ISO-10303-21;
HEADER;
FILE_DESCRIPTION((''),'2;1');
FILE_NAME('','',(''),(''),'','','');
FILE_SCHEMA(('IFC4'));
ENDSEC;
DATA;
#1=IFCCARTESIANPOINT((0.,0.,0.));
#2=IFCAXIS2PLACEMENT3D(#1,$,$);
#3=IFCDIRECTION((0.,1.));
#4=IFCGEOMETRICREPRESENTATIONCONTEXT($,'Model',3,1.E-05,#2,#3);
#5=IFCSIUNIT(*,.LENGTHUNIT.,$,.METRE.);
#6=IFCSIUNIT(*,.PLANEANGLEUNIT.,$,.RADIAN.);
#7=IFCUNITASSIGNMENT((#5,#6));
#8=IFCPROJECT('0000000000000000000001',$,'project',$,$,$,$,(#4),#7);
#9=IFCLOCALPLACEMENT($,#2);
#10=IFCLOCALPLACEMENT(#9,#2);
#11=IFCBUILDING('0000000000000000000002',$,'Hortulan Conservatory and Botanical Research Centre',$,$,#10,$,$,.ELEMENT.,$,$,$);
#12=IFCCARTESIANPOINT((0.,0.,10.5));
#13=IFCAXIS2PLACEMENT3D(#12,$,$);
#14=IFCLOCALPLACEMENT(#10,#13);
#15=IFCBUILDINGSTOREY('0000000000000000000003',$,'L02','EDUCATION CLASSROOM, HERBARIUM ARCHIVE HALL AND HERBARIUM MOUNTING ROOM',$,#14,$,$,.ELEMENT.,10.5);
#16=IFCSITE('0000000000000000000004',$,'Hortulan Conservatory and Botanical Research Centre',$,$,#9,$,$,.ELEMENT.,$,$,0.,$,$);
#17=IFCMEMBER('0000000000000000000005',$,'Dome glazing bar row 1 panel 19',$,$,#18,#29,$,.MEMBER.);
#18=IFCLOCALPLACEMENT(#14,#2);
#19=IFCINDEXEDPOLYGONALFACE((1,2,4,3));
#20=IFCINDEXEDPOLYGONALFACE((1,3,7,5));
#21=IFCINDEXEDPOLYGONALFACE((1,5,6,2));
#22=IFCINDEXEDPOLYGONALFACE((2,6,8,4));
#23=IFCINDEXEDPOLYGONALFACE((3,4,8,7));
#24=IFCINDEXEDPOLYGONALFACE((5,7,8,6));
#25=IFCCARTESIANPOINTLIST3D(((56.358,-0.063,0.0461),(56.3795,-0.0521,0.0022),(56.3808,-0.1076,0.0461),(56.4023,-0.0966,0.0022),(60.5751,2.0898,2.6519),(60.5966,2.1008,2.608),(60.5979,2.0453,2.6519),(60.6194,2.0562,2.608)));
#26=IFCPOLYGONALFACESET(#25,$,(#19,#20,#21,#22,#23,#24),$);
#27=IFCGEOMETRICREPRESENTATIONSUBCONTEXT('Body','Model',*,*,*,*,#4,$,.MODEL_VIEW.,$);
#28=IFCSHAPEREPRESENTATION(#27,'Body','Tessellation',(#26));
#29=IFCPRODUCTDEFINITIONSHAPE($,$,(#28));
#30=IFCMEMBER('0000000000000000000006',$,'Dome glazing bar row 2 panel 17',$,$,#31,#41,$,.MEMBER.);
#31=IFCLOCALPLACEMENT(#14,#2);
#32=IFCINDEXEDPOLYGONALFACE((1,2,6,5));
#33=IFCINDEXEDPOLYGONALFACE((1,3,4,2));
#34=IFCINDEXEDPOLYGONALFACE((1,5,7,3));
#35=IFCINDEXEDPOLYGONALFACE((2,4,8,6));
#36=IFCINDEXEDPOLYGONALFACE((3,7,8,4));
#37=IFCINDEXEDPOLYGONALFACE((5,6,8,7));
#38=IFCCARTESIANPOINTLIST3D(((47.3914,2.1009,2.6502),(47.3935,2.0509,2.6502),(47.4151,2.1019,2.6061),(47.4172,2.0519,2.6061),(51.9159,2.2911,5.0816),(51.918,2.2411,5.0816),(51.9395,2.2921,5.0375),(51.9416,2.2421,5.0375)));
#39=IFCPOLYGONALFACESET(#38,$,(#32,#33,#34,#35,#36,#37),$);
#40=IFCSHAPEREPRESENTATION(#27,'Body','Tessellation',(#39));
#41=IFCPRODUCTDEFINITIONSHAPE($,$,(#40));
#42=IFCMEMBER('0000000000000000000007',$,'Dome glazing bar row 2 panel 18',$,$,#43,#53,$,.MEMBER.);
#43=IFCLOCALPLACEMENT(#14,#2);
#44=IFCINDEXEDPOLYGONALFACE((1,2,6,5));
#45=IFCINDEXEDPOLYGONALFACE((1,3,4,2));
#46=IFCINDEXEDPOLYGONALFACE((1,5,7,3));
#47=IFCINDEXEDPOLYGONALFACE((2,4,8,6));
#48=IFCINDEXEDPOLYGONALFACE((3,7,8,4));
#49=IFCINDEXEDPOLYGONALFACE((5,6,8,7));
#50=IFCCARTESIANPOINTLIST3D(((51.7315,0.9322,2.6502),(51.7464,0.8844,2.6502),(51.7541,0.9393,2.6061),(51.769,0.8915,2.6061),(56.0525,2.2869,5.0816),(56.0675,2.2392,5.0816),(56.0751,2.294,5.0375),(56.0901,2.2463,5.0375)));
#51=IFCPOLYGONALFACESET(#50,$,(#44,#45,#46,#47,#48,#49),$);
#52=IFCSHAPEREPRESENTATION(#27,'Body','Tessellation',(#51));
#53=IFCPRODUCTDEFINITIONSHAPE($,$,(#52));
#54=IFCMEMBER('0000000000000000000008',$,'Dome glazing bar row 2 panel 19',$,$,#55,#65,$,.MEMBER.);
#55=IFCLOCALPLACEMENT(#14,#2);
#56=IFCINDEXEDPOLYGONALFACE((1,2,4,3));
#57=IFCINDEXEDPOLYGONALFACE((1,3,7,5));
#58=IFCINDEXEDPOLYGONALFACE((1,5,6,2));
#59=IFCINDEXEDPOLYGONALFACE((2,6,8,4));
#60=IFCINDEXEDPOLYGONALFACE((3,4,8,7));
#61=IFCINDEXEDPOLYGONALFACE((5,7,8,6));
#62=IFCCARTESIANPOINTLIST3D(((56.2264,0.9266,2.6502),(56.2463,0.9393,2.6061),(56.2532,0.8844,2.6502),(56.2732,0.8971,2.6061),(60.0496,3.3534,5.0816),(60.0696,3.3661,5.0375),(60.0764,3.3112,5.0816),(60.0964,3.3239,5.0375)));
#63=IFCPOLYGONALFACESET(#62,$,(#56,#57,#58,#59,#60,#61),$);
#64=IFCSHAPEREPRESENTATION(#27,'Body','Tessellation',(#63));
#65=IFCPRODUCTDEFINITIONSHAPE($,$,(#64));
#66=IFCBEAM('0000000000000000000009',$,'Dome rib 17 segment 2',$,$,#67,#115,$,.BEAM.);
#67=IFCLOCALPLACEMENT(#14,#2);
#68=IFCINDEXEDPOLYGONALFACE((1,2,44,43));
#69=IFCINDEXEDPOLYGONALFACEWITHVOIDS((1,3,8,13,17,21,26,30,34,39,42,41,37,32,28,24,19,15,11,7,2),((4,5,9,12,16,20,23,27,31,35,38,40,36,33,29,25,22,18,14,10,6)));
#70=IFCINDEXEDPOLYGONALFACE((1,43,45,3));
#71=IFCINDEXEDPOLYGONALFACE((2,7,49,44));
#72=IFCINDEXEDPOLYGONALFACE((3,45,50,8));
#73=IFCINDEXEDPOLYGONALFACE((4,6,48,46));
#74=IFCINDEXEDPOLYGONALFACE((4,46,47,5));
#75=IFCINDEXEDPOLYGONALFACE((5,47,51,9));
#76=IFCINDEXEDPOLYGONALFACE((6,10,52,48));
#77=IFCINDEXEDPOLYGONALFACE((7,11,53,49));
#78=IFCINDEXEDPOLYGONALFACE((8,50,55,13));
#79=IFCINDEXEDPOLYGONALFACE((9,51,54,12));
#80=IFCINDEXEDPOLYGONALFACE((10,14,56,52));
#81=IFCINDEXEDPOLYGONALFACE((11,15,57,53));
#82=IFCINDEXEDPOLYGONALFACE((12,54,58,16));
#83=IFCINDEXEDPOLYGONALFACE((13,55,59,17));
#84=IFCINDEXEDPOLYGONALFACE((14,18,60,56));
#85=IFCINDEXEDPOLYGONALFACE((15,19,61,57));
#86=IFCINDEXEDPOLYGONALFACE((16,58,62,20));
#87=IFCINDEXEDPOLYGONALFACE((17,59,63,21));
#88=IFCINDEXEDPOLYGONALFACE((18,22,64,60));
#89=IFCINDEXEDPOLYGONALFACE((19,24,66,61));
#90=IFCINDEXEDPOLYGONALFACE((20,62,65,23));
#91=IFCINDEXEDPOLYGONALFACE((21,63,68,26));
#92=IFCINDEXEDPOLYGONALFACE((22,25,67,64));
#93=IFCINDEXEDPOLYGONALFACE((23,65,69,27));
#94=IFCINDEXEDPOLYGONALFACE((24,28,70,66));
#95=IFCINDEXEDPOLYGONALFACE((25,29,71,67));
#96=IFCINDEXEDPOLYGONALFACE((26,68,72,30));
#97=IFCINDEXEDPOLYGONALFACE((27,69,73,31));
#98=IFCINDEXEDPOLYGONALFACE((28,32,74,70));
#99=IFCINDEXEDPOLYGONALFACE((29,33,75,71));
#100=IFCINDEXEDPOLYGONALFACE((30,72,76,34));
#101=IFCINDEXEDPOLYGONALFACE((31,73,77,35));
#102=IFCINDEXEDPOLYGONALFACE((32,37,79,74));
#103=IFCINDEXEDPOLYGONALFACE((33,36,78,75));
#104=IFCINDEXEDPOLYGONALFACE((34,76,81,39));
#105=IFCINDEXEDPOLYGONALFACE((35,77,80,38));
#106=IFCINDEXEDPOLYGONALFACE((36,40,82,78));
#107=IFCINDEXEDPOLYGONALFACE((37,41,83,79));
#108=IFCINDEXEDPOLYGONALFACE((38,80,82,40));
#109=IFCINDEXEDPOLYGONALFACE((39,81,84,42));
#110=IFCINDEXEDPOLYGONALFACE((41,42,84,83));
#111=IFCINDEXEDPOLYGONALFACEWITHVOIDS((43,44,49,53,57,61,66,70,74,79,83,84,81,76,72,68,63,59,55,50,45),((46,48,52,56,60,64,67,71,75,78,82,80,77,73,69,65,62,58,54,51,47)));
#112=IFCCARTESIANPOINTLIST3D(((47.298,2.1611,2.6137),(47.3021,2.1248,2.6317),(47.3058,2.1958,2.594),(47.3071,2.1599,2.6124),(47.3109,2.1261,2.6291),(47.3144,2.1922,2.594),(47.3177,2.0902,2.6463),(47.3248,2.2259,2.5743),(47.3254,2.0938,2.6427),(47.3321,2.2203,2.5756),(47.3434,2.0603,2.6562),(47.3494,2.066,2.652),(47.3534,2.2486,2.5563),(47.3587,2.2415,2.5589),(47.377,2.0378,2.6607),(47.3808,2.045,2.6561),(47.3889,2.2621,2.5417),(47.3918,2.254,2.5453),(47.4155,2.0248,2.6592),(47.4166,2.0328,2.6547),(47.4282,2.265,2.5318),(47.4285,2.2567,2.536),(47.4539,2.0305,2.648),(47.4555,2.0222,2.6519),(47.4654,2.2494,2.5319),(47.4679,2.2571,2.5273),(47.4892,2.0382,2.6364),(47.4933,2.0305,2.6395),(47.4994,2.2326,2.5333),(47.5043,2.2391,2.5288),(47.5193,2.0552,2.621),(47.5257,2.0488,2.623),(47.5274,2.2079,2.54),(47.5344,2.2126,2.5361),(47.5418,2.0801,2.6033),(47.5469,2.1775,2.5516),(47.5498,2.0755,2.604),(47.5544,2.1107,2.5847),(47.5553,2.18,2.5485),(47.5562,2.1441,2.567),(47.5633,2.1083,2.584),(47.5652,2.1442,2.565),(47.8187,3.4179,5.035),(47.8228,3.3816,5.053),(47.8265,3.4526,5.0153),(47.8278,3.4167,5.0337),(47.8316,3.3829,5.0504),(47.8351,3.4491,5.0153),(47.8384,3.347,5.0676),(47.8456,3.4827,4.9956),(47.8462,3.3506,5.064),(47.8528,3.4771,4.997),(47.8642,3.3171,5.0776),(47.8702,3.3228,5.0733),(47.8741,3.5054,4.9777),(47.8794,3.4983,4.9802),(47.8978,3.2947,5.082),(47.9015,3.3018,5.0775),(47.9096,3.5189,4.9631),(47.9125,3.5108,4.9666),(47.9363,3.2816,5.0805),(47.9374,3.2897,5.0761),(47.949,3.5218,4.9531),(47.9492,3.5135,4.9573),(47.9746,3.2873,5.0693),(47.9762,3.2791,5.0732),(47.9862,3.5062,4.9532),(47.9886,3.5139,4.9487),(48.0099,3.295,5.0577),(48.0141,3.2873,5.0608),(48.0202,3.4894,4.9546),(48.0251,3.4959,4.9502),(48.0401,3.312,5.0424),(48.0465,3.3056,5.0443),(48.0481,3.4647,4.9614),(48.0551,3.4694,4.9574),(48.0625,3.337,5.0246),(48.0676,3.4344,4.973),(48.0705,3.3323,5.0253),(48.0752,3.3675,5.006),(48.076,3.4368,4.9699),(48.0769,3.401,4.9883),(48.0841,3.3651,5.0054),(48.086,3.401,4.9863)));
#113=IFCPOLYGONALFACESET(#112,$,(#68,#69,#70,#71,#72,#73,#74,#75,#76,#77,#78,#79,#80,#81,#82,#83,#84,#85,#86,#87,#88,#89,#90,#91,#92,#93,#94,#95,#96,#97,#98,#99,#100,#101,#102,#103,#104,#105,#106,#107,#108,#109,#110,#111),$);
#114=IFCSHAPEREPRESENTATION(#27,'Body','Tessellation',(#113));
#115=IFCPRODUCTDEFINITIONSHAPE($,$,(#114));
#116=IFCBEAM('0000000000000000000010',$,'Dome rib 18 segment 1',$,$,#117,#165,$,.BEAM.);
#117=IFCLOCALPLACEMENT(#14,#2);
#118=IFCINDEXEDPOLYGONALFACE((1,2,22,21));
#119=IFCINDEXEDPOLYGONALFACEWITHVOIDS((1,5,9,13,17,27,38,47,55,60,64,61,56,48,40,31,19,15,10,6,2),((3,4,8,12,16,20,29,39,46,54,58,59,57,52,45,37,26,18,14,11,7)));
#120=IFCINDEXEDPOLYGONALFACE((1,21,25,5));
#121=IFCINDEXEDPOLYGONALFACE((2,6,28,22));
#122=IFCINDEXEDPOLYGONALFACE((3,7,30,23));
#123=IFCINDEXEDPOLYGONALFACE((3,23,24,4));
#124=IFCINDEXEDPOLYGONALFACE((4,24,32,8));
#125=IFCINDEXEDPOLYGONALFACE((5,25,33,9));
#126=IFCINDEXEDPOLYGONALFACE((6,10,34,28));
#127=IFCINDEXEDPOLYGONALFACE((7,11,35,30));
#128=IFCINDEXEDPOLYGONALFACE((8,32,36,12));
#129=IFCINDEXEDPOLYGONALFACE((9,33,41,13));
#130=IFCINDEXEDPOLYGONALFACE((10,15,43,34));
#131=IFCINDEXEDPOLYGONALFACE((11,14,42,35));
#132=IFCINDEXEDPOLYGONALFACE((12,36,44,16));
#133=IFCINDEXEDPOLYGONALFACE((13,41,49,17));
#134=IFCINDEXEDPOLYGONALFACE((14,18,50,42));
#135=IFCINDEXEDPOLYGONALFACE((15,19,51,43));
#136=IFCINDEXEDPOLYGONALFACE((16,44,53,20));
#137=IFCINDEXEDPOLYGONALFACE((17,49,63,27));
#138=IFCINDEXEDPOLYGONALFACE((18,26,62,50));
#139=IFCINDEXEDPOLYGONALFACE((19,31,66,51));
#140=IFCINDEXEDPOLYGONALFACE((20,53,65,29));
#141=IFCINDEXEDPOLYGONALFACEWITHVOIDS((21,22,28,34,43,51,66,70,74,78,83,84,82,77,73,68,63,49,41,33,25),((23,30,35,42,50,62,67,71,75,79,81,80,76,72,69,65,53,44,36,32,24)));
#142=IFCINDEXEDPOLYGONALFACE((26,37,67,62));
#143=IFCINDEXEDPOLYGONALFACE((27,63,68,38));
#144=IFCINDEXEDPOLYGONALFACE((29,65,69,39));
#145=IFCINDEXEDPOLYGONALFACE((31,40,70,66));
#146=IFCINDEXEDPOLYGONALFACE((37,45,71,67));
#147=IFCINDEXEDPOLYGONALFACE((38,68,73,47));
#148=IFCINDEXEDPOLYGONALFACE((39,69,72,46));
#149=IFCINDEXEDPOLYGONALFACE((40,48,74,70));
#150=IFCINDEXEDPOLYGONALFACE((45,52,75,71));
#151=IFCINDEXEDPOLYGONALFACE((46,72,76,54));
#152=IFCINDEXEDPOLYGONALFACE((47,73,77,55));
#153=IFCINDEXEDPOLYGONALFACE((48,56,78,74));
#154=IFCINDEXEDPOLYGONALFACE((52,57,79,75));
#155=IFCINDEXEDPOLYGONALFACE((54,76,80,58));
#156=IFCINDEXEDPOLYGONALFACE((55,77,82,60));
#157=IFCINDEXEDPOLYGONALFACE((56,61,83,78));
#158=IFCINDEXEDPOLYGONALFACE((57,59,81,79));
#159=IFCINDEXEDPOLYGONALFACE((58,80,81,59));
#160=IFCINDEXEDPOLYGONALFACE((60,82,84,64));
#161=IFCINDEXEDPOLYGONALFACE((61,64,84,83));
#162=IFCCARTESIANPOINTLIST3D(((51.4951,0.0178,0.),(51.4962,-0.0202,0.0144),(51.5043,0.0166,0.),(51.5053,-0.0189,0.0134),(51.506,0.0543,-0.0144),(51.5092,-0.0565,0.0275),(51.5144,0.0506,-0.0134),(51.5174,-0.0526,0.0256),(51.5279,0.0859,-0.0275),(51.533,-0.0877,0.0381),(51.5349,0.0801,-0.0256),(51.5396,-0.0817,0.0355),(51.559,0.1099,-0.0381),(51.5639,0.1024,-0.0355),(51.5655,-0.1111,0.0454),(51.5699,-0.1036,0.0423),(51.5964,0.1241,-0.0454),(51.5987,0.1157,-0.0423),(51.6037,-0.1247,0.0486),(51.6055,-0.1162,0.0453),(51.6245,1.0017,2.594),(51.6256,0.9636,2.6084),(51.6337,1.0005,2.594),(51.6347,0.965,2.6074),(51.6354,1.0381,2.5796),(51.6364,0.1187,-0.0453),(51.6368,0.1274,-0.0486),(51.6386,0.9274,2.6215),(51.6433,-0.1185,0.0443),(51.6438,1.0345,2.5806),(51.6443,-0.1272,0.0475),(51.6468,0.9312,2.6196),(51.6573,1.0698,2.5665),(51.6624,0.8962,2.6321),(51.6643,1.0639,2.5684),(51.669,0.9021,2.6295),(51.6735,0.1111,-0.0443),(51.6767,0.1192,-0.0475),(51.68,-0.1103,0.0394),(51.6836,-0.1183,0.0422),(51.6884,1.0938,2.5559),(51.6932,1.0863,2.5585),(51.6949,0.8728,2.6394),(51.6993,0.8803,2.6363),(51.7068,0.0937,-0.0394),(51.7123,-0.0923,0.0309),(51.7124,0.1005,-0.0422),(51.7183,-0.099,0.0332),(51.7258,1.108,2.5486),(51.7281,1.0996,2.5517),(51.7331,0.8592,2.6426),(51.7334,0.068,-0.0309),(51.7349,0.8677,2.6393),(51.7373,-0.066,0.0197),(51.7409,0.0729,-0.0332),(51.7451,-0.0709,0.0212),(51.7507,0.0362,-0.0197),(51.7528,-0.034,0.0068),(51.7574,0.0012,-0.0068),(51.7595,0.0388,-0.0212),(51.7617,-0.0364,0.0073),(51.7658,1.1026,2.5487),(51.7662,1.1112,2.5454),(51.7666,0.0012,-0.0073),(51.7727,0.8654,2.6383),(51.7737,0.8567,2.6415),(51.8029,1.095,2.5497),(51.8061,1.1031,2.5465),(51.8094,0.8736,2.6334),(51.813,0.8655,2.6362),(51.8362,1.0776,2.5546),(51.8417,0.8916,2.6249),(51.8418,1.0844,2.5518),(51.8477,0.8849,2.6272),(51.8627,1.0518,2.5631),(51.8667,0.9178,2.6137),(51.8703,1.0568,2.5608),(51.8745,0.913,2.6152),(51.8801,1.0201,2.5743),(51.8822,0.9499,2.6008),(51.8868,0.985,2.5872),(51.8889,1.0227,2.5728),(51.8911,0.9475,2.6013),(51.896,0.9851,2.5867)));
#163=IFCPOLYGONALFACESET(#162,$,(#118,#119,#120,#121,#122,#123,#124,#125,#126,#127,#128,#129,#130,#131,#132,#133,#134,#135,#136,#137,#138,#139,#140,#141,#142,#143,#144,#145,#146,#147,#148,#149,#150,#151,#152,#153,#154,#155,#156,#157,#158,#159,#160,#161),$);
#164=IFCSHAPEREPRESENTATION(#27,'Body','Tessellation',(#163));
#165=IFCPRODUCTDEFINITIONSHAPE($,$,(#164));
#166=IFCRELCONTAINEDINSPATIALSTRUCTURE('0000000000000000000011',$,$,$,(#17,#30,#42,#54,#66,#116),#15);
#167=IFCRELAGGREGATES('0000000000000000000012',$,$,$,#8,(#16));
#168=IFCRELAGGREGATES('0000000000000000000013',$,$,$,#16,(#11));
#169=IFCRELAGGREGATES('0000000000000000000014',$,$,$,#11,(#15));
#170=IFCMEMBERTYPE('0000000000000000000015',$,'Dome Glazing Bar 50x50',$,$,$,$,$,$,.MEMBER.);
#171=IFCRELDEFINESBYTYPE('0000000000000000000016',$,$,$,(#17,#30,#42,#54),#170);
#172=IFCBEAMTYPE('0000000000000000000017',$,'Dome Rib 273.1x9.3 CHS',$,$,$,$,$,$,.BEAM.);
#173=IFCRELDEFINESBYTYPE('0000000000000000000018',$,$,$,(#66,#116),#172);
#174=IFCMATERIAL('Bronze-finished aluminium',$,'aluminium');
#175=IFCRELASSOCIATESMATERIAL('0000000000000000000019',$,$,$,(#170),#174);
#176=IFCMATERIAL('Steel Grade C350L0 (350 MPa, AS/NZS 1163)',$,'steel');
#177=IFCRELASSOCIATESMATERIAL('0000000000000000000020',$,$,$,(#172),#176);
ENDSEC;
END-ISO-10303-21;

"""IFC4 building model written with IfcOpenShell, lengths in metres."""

from ifc_helpers import new_model, si_unit, direction, frame, origin, origin_2d, place, context, subcontext, project, spatial, rectangle, hollow_circle, extrude, material, material_profile, profile_set, type_object, element, save


model = new_model("IFC4")

# Units and contexts
model_context = context("Model", 3, precision=1e-05, world=origin(), true_north=direction((0.0, 1.0)))
body_context = subcontext(model_context, "Body", "Model", "MODEL_VIEW")
ifc_project = project(units=[si_unit("LENGTHUNIT", "METRE"), si_unit("PLANEANGLEUNIT", "RADIAN")], contexts=[model_context])

# Site, building, storey
site_placement = place(None, origin())
site = spatial("IfcSite", under=ifc_project, at=site_placement, Name="Hortulan Conservatory and Botanical Research Centre", CompositionType="ELEMENT", RefElevation=0.0)
building_placement = place(site_placement, origin())
building = spatial("IfcBuilding", under=site, at=building_placement, Name="Hortulan Conservatory and Botanical Research Centre", CompositionType="ELEMENT")
storey_placement = place(building_placement, frame((0.0, 0.0, 10.5)))
storey = spatial("IfcBuildingStorey", under=building, at=storey_placement, Name="L02", Description="EDUCATION CLASSROOM, HERBARIUM ARCHIVE HALL AND HERBARIUM MOUNTING ROOM", CompositionType="ELEMENT", Elevation=10.5)

# Members
ifc_material_1 = material(Name="Bronze-finished aluminium", Category="aluminium")
ifc_material_profile_1 = material_profile(ifc_material_1, rectangle(XDim=0.05, YDim=0.05, at=origin_2d()), Name="Square bar 50x50")
ifc_profile_set_1 = profile_set([ifc_material_profile_1], Name="Bronze-finished aluminium")
member_type_1 = type_object("IfcMemberType", Name="Dome Glazing Bar 50x50", PredefinedType="MEMBER", material=ifc_profile_set_1)
member_1_placement = place(storey_placement, frame((56.3801, -0.0798, 0.0242), z_axis=(0.780293, 0.398346, 0.482144), x_axis=(-0.454685, 0.890652, 0.0)))
element("IfcMember", 1, at=member_1_placement, inside=storey, type_object=member_type_1, Name="Dome glazing bar row 1 panel 19", PredefinedType="MEMBER", context=body_context, shape_type="SweptSolid", body=[
    extrude(rectangle(XDim=0.05, YDim=0.05, at=origin_2d()), origin(), (0.0, 0.0, 1.0), 5.4045),
])
for number, where, z_axis, x_axis, name in (
    (2, (47.4043, 2.0764, 2.6282), (0.88026, 0.037002, 0.473047), (-0.041998, 0.999118, 0.0), "Dome glazing bar row 2 panel 17"),
    (3, (51.7502, 0.9119, 2.6282), (0.840689, 0.263573, 0.473045), (-0.299162, 0.954202, 0.0), "Dome glazing bar row 2 panel 18"),
    (4, (56.2498, 0.9119, 2.6282), (0.743844, 0.472146, 0.473048), (-0.535898, 0.844283, 0.0), "Dome glazing bar row 2 panel 19"),
):
    element("IfcMember", number, at=place(storey_placement, frame(where, z_axis=z_axis, x_axis=x_axis)), inside=storey, type_object=member_type_1, Name=name, PredefinedType="MEMBER", context=body_context, shape_type="SweptSolid", body=[
        extrude(rectangle(XDim=0.05, YDim=0.05, at=origin_2d()), origin(), (0.0, 0.0, 1.0), 5.1399),
    ])

# Beams
ifc_material_2 = material(Name="Steel Grade C350L0 (350 MPa, AS/NZS 1163)", Category="steel")
ifc_material_profile_2 = material_profile(ifc_material_2, hollow_circle(Radius=0.1365, WallThickness=0.0093, at=origin_2d()), Name="273.1x9.3CHS")
ifc_profile_set_2 = profile_set([ifc_material_profile_2], Name="Steel Grade C350L0 (350 MPa, AS/NZS 1163)")
beam_type_1 = type_object("IfcBeamType", Name="Dome Rib 273.1x9.3 CHS", PredefinedType="BEAM", material=ifc_profile_set_2)
for number, where, z_axis, x_axis, name in (
    (5, (47.4319, 2.1436, 2.594), (0.187496, 0.452523, 0.871819), (-0.92384, 0.38278, 0.0), "Dome rib 17 segment 2"),
    (6, (51.6304, 0.0, 0.0), (0.046589, 0.354256, 0.933987), (-0.991463, 0.130391, 0.0), "Dome rib 18 segment 1"),
):
    element("IfcBeam", number, at=place(storey_placement, frame(where, z_axis=z_axis, x_axis=x_axis)), inside=storey, type_object=beam_type_1, Name=name, PredefinedType="BEAM", context=body_context, shape_type="SweptSolid", body=[
        extrude(hollow_circle(Radius=0.1365, WallThickness=0.0093, at=origin_2d()), origin(), (0.0, 0.0, 1.0), 2.7773),
    ])

save(model, "model.ifc")
